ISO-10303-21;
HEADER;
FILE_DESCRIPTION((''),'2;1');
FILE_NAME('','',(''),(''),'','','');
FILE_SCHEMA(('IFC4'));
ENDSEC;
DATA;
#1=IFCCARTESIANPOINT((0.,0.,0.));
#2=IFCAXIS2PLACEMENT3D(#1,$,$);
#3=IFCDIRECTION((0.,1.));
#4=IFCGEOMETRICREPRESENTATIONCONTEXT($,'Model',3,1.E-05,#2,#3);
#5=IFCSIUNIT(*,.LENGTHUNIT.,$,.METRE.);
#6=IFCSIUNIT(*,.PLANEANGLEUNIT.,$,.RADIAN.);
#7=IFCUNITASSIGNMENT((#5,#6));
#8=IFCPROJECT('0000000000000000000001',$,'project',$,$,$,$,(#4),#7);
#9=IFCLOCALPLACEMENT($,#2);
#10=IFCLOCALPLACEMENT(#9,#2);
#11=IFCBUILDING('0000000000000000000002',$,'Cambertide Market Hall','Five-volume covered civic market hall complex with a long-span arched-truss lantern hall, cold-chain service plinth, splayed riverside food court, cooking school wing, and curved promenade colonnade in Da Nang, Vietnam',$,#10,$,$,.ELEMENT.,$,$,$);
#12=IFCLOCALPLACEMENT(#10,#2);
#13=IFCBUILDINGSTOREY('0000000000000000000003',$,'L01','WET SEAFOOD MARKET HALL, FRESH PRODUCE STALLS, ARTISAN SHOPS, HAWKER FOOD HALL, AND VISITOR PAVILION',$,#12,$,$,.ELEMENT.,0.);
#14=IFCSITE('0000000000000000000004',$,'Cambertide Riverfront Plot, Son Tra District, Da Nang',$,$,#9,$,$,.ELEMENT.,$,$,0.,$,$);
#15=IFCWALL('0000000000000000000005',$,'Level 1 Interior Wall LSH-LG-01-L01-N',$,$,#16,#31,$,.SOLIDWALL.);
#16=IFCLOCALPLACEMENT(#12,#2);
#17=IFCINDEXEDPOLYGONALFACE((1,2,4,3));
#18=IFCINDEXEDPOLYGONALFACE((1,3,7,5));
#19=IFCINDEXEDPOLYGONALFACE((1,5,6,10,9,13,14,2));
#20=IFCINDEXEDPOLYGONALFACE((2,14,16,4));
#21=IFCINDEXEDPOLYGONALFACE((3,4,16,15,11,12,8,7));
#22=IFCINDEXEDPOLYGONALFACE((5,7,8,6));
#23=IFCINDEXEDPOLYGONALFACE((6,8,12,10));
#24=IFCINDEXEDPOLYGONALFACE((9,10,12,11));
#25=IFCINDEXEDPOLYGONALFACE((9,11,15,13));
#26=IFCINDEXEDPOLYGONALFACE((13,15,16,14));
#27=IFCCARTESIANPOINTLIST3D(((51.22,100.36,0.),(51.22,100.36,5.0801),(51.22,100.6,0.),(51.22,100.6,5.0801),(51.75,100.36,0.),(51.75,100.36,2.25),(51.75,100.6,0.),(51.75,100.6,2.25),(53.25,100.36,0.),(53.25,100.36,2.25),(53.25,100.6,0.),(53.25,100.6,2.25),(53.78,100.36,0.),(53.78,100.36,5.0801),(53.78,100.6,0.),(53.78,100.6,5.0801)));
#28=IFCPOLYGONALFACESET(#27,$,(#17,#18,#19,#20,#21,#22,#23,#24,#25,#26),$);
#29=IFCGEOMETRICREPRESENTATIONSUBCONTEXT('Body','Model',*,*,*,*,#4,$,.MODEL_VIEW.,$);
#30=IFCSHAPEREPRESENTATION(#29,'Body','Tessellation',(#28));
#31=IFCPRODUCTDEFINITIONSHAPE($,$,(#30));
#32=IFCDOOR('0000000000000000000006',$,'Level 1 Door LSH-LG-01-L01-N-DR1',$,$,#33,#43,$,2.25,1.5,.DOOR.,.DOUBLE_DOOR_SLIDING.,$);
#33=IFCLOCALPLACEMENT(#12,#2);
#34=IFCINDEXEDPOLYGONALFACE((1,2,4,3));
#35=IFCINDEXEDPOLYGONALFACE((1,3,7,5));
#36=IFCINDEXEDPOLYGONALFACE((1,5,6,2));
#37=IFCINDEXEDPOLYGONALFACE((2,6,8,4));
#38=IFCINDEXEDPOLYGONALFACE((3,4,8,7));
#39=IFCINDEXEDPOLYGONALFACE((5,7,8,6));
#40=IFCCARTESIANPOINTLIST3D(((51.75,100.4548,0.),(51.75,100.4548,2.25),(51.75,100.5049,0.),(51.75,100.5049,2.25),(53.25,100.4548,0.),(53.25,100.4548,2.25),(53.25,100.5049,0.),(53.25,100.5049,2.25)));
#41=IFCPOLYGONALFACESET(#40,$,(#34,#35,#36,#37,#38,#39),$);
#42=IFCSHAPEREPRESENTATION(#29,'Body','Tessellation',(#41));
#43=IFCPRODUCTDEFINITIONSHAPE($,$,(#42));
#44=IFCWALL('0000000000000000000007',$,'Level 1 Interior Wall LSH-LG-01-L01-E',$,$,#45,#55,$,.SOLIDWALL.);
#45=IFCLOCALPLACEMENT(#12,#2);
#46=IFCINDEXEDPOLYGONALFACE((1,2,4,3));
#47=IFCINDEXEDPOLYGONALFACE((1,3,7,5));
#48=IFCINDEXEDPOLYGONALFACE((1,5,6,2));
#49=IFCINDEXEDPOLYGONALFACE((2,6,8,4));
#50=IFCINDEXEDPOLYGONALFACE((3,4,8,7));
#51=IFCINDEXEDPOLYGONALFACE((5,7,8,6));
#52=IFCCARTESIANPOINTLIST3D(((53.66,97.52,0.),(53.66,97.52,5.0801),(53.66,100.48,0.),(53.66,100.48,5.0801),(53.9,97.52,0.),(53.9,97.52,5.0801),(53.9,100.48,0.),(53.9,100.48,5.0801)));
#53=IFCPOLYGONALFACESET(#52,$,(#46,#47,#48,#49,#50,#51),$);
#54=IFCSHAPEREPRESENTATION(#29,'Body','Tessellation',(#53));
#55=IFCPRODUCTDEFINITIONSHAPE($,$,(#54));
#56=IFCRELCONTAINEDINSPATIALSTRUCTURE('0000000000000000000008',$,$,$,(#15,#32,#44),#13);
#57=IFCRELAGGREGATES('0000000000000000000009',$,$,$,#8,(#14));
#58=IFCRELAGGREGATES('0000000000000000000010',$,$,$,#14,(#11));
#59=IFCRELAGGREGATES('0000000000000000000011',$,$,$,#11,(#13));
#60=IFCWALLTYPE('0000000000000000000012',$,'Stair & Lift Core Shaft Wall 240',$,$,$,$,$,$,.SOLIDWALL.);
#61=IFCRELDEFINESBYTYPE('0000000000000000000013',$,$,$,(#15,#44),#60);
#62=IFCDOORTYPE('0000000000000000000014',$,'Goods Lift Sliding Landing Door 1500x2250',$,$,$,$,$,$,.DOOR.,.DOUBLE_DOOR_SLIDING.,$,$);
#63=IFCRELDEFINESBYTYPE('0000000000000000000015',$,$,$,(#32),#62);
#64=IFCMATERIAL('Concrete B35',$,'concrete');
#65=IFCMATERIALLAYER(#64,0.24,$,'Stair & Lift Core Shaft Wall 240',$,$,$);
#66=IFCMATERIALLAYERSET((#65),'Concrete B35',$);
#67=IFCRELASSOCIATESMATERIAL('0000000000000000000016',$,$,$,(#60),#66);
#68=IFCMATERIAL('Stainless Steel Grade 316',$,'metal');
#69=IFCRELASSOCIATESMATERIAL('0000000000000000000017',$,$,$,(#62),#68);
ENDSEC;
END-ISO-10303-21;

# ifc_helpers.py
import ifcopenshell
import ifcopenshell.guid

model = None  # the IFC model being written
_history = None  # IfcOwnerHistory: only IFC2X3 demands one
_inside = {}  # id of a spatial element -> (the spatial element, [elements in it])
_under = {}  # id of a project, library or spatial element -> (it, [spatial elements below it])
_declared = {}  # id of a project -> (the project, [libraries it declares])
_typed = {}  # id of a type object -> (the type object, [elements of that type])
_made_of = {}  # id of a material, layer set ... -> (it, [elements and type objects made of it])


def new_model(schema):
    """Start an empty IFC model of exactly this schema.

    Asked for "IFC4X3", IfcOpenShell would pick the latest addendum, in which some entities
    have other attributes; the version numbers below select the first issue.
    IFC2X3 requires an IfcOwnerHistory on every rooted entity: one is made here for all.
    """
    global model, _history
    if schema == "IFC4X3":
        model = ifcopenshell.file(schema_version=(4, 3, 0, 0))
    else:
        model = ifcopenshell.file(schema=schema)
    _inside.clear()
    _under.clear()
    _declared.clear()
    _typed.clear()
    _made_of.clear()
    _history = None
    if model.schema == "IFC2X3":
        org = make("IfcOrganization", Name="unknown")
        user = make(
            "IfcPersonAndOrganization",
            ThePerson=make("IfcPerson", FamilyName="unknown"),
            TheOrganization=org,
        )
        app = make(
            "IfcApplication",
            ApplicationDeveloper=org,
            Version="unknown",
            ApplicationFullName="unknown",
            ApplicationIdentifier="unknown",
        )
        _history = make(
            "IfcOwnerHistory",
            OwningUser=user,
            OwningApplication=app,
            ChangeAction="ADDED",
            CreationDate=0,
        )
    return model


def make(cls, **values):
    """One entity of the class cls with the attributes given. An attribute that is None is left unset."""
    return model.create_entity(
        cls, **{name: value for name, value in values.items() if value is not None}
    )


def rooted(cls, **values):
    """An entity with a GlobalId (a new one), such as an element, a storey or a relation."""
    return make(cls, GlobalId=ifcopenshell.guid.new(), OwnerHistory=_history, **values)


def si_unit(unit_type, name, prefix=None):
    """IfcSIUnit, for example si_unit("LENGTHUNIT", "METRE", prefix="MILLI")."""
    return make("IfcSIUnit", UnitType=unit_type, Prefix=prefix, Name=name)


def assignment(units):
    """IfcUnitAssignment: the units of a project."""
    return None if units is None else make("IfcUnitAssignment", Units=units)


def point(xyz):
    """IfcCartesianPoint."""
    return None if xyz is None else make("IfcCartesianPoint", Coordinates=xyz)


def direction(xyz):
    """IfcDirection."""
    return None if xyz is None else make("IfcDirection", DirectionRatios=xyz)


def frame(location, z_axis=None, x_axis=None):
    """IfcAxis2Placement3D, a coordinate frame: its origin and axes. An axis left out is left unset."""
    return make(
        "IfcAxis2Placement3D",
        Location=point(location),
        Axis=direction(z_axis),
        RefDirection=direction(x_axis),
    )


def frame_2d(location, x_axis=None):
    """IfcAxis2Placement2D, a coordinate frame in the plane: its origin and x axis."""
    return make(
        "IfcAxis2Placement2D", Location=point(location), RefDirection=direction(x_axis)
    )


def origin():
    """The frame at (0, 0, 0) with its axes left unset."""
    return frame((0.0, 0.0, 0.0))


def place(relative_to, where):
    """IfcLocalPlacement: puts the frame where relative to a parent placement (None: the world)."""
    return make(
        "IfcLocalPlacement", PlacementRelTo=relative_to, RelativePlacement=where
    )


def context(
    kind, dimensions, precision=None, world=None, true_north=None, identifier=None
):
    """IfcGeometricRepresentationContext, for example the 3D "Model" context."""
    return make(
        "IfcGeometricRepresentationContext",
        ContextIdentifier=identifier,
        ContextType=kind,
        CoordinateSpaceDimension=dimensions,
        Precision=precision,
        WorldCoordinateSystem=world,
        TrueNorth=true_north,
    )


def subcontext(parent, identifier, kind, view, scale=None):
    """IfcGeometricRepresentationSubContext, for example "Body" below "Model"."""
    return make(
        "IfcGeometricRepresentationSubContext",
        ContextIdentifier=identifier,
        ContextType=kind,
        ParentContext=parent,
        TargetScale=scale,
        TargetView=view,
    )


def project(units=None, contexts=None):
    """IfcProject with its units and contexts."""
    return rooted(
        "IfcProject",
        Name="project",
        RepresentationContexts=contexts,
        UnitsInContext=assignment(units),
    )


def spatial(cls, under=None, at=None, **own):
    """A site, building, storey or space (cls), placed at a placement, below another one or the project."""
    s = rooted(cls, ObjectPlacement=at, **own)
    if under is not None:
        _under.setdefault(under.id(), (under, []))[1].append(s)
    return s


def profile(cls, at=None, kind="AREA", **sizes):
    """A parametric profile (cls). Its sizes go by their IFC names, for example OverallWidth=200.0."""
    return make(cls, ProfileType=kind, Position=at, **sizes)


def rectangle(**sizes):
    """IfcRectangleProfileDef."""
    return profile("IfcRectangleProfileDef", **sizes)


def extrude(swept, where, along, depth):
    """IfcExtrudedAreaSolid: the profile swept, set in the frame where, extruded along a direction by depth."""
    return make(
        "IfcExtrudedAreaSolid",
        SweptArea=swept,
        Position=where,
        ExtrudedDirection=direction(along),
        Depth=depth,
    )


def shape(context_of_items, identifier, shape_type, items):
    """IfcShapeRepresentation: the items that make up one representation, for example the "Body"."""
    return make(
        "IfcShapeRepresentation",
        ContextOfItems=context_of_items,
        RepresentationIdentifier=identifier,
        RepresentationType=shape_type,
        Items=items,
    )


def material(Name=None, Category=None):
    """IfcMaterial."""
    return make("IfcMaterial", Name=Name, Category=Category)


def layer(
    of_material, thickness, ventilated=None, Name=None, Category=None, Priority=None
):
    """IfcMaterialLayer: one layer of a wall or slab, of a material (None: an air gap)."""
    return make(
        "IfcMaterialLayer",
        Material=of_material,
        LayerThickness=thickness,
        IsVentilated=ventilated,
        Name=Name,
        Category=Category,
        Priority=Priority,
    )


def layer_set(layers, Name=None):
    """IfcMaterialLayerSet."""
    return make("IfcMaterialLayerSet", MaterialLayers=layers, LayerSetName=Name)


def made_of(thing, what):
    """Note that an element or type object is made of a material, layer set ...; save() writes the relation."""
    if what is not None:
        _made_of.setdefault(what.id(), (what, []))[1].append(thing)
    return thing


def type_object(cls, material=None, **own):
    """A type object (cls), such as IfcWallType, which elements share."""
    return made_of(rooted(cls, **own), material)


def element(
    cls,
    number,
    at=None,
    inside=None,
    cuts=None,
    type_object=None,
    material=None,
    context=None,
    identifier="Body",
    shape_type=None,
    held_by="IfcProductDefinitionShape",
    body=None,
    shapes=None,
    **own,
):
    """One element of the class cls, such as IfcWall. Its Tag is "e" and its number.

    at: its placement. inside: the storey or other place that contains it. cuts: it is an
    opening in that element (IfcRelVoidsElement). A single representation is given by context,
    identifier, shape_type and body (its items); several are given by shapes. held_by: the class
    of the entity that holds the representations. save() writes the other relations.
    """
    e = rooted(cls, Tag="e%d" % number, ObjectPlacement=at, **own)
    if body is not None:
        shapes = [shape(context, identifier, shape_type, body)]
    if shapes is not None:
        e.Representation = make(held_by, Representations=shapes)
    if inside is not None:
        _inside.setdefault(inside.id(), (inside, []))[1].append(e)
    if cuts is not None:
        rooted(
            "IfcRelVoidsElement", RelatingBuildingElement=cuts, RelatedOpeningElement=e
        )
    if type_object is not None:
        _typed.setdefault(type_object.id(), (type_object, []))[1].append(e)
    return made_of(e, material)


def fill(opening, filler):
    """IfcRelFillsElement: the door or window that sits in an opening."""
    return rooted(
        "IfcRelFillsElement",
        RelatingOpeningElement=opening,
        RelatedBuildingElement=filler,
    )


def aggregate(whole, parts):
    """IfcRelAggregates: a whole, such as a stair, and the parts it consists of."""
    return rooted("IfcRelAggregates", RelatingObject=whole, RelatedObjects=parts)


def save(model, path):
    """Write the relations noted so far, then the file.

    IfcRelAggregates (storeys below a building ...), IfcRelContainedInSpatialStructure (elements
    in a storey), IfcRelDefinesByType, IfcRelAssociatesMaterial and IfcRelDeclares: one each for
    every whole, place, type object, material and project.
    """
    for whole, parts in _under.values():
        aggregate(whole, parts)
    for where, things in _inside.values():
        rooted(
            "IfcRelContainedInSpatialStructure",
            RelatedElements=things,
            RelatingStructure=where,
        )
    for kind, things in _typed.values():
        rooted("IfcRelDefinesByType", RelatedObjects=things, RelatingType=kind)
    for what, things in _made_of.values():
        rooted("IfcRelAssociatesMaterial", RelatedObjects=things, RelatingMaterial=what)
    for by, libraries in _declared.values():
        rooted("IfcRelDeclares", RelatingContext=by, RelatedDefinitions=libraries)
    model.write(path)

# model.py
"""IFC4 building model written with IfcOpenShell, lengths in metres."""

from ifc_helpers import new_model, si_unit, direction, frame, frame_2d, origin, place, context, subcontext, project, spatial, rectangle, extrude, material, layer, layer_set, type_object, element, fill, save


model = new_model("IFC4")

# Units and contexts
model_context = context("Model", 3, precision=1e-05, world=origin(), true_north=direction((0.0, 1.0)))
body_context = subcontext(model_context, "Body", "Model", "MODEL_VIEW")
ifc_project = project(units=[si_unit("LENGTHUNIT", "METRE"), si_unit("PLANEANGLEUNIT", "RADIAN")], contexts=[model_context])

# Site, building, storey
site_placement = place(None, origin())
site = spatial("IfcSite", under=ifc_project, at=site_placement, Name="Cambertide Riverfront Plot, Son Tra District, Da Nang", CompositionType="ELEMENT", RefElevation=0.0)
building_placement = place(site_placement, origin())
building = spatial("IfcBuilding", under=site, at=building_placement, Name="Cambertide Market Hall", Description="Five-volume covered civic market hall complex with a long-span arched-truss lantern hall, cold-chain service plinth, splayed riverside food court, cooking school wing, and curved promenade colonnade in Da Nang, Vietnam", CompositionType="ELEMENT")
storey_placement = place(building_placement, origin())
storey = spatial("IfcBuildingStorey", under=building, at=storey_placement, Name="L01", Description="WET SEAFOOD MARKET HALL, FRESH PRODUCE STALLS, ARTISAN SHOPS, HAWKER FOOD HALL, AND VISITOR PAVILION", CompositionType="ELEMENT", Elevation=0.0)

# Shared definitions
ifc_material_1 = material(Name="Concrete B35", Category="concrete")
ifc_layer_1 = layer(ifc_material_1, 0.24, Name="Stair & Lift Core Shaft Wall 240")
ifc_layer_set_1 = layer_set([ifc_layer_1], Name="Concrete B35")
wall_type_1 = type_object("IfcWallType", Name="Stair & Lift Core Shaft Wall 240", PredefinedType="SOLIDWALL", material=ifc_layer_set_1)

# Wall, opening, door
wall_1_placement = place(storey_placement, frame((51.22, 100.48, 0.0), z_axis=(0.0, 0.0, 1.0), x_axis=(1.0, 0.0, 0.0)))
wall_1 = element("IfcWall", 1, at=wall_1_placement, inside=storey, type_object=wall_type_1, Name="Level 1 Interior Wall LSH-LG-01-L01-N", PredefinedType="SOLIDWALL", context=body_context, shape_type="SweptSolid", body=[
    extrude(rectangle(XDim=2.5601, YDim=0.24, at=frame_2d((1.28, 0.0))), origin(), (0.0, 0.0, 1.0), 5.0801),
])
opening_1_placement = place(wall_1_placement, frame((0.53, 0.0, 0.0)))
opening_1 = element("IfcOpeningElement", 2, at=opening_1_placement, cuts=wall_1, PredefinedType="OPENING", context=body_context, shape_type="SweptSolid", body=[
    extrude(rectangle(XDim=1.5, YDim=2.25, at=frame_2d((0.75, 1.125))), frame((0.0, 0.1299, 0.0), z_axis=(0.0, -1.0, 0.0), x_axis=(1.0, 0.0, 0.0)), (0.0, 0.0, 1.0), 0.26),
])
ifc_material_2 = material(Name="Stainless Steel Grade 316", Category="metal")
door_type_1 = type_object("IfcDoorType", Name="Goods Lift Sliding Landing Door 1500x2250", OperationType="DOUBLE_DOOR_SLIDING", PredefinedType="DOOR", material=ifc_material_2)
door_1_placement = place(opening_1_placement, origin())
door_1 = element("IfcDoor", 3, at=door_1_placement, inside=storey, type_object=door_type_1, Name="Level 1 Door LSH-LG-01-L01-N-DR1", OperationType="DOUBLE_DOOR_SLIDING", OverallHeight=2.25, OverallWidth=1.5, PredefinedType="DOOR", context=body_context, shape_type="SweptSolid", body=[
    extrude(rectangle(XDim=1.5, YDim=2.25, at=frame_2d((0.75, 1.125))), frame((0.0, 0.0249, 0.0), z_axis=(0.0, -1.0, 0.0), x_axis=(1.0, 0.0, 0.0)), (0.0, 0.0, 1.0), 0.05),
])
fill(opening_1, door_1)

# Wall
wall_2_placement = place(storey_placement, frame((53.78, 100.48, 0.0), z_axis=(0.0, 0.0, 1.0), x_axis=(0.0, -1.0, 0.0)))
element("IfcWall", 4, at=wall_2_placement, inside=storey, type_object=wall_type_1, Name="Level 1 Interior Wall LSH-LG-01-L01-E", PredefinedType="SOLIDWALL", context=body_context, shape_type="SweptSolid", body=[
    extrude(rectangle(XDim=2.96, YDim=0.24, at=frame_2d((1.48, 0.0))), origin(), (0.0, 0.0, 1.0), 5.0801),
])

save(model, "model.ifc")
